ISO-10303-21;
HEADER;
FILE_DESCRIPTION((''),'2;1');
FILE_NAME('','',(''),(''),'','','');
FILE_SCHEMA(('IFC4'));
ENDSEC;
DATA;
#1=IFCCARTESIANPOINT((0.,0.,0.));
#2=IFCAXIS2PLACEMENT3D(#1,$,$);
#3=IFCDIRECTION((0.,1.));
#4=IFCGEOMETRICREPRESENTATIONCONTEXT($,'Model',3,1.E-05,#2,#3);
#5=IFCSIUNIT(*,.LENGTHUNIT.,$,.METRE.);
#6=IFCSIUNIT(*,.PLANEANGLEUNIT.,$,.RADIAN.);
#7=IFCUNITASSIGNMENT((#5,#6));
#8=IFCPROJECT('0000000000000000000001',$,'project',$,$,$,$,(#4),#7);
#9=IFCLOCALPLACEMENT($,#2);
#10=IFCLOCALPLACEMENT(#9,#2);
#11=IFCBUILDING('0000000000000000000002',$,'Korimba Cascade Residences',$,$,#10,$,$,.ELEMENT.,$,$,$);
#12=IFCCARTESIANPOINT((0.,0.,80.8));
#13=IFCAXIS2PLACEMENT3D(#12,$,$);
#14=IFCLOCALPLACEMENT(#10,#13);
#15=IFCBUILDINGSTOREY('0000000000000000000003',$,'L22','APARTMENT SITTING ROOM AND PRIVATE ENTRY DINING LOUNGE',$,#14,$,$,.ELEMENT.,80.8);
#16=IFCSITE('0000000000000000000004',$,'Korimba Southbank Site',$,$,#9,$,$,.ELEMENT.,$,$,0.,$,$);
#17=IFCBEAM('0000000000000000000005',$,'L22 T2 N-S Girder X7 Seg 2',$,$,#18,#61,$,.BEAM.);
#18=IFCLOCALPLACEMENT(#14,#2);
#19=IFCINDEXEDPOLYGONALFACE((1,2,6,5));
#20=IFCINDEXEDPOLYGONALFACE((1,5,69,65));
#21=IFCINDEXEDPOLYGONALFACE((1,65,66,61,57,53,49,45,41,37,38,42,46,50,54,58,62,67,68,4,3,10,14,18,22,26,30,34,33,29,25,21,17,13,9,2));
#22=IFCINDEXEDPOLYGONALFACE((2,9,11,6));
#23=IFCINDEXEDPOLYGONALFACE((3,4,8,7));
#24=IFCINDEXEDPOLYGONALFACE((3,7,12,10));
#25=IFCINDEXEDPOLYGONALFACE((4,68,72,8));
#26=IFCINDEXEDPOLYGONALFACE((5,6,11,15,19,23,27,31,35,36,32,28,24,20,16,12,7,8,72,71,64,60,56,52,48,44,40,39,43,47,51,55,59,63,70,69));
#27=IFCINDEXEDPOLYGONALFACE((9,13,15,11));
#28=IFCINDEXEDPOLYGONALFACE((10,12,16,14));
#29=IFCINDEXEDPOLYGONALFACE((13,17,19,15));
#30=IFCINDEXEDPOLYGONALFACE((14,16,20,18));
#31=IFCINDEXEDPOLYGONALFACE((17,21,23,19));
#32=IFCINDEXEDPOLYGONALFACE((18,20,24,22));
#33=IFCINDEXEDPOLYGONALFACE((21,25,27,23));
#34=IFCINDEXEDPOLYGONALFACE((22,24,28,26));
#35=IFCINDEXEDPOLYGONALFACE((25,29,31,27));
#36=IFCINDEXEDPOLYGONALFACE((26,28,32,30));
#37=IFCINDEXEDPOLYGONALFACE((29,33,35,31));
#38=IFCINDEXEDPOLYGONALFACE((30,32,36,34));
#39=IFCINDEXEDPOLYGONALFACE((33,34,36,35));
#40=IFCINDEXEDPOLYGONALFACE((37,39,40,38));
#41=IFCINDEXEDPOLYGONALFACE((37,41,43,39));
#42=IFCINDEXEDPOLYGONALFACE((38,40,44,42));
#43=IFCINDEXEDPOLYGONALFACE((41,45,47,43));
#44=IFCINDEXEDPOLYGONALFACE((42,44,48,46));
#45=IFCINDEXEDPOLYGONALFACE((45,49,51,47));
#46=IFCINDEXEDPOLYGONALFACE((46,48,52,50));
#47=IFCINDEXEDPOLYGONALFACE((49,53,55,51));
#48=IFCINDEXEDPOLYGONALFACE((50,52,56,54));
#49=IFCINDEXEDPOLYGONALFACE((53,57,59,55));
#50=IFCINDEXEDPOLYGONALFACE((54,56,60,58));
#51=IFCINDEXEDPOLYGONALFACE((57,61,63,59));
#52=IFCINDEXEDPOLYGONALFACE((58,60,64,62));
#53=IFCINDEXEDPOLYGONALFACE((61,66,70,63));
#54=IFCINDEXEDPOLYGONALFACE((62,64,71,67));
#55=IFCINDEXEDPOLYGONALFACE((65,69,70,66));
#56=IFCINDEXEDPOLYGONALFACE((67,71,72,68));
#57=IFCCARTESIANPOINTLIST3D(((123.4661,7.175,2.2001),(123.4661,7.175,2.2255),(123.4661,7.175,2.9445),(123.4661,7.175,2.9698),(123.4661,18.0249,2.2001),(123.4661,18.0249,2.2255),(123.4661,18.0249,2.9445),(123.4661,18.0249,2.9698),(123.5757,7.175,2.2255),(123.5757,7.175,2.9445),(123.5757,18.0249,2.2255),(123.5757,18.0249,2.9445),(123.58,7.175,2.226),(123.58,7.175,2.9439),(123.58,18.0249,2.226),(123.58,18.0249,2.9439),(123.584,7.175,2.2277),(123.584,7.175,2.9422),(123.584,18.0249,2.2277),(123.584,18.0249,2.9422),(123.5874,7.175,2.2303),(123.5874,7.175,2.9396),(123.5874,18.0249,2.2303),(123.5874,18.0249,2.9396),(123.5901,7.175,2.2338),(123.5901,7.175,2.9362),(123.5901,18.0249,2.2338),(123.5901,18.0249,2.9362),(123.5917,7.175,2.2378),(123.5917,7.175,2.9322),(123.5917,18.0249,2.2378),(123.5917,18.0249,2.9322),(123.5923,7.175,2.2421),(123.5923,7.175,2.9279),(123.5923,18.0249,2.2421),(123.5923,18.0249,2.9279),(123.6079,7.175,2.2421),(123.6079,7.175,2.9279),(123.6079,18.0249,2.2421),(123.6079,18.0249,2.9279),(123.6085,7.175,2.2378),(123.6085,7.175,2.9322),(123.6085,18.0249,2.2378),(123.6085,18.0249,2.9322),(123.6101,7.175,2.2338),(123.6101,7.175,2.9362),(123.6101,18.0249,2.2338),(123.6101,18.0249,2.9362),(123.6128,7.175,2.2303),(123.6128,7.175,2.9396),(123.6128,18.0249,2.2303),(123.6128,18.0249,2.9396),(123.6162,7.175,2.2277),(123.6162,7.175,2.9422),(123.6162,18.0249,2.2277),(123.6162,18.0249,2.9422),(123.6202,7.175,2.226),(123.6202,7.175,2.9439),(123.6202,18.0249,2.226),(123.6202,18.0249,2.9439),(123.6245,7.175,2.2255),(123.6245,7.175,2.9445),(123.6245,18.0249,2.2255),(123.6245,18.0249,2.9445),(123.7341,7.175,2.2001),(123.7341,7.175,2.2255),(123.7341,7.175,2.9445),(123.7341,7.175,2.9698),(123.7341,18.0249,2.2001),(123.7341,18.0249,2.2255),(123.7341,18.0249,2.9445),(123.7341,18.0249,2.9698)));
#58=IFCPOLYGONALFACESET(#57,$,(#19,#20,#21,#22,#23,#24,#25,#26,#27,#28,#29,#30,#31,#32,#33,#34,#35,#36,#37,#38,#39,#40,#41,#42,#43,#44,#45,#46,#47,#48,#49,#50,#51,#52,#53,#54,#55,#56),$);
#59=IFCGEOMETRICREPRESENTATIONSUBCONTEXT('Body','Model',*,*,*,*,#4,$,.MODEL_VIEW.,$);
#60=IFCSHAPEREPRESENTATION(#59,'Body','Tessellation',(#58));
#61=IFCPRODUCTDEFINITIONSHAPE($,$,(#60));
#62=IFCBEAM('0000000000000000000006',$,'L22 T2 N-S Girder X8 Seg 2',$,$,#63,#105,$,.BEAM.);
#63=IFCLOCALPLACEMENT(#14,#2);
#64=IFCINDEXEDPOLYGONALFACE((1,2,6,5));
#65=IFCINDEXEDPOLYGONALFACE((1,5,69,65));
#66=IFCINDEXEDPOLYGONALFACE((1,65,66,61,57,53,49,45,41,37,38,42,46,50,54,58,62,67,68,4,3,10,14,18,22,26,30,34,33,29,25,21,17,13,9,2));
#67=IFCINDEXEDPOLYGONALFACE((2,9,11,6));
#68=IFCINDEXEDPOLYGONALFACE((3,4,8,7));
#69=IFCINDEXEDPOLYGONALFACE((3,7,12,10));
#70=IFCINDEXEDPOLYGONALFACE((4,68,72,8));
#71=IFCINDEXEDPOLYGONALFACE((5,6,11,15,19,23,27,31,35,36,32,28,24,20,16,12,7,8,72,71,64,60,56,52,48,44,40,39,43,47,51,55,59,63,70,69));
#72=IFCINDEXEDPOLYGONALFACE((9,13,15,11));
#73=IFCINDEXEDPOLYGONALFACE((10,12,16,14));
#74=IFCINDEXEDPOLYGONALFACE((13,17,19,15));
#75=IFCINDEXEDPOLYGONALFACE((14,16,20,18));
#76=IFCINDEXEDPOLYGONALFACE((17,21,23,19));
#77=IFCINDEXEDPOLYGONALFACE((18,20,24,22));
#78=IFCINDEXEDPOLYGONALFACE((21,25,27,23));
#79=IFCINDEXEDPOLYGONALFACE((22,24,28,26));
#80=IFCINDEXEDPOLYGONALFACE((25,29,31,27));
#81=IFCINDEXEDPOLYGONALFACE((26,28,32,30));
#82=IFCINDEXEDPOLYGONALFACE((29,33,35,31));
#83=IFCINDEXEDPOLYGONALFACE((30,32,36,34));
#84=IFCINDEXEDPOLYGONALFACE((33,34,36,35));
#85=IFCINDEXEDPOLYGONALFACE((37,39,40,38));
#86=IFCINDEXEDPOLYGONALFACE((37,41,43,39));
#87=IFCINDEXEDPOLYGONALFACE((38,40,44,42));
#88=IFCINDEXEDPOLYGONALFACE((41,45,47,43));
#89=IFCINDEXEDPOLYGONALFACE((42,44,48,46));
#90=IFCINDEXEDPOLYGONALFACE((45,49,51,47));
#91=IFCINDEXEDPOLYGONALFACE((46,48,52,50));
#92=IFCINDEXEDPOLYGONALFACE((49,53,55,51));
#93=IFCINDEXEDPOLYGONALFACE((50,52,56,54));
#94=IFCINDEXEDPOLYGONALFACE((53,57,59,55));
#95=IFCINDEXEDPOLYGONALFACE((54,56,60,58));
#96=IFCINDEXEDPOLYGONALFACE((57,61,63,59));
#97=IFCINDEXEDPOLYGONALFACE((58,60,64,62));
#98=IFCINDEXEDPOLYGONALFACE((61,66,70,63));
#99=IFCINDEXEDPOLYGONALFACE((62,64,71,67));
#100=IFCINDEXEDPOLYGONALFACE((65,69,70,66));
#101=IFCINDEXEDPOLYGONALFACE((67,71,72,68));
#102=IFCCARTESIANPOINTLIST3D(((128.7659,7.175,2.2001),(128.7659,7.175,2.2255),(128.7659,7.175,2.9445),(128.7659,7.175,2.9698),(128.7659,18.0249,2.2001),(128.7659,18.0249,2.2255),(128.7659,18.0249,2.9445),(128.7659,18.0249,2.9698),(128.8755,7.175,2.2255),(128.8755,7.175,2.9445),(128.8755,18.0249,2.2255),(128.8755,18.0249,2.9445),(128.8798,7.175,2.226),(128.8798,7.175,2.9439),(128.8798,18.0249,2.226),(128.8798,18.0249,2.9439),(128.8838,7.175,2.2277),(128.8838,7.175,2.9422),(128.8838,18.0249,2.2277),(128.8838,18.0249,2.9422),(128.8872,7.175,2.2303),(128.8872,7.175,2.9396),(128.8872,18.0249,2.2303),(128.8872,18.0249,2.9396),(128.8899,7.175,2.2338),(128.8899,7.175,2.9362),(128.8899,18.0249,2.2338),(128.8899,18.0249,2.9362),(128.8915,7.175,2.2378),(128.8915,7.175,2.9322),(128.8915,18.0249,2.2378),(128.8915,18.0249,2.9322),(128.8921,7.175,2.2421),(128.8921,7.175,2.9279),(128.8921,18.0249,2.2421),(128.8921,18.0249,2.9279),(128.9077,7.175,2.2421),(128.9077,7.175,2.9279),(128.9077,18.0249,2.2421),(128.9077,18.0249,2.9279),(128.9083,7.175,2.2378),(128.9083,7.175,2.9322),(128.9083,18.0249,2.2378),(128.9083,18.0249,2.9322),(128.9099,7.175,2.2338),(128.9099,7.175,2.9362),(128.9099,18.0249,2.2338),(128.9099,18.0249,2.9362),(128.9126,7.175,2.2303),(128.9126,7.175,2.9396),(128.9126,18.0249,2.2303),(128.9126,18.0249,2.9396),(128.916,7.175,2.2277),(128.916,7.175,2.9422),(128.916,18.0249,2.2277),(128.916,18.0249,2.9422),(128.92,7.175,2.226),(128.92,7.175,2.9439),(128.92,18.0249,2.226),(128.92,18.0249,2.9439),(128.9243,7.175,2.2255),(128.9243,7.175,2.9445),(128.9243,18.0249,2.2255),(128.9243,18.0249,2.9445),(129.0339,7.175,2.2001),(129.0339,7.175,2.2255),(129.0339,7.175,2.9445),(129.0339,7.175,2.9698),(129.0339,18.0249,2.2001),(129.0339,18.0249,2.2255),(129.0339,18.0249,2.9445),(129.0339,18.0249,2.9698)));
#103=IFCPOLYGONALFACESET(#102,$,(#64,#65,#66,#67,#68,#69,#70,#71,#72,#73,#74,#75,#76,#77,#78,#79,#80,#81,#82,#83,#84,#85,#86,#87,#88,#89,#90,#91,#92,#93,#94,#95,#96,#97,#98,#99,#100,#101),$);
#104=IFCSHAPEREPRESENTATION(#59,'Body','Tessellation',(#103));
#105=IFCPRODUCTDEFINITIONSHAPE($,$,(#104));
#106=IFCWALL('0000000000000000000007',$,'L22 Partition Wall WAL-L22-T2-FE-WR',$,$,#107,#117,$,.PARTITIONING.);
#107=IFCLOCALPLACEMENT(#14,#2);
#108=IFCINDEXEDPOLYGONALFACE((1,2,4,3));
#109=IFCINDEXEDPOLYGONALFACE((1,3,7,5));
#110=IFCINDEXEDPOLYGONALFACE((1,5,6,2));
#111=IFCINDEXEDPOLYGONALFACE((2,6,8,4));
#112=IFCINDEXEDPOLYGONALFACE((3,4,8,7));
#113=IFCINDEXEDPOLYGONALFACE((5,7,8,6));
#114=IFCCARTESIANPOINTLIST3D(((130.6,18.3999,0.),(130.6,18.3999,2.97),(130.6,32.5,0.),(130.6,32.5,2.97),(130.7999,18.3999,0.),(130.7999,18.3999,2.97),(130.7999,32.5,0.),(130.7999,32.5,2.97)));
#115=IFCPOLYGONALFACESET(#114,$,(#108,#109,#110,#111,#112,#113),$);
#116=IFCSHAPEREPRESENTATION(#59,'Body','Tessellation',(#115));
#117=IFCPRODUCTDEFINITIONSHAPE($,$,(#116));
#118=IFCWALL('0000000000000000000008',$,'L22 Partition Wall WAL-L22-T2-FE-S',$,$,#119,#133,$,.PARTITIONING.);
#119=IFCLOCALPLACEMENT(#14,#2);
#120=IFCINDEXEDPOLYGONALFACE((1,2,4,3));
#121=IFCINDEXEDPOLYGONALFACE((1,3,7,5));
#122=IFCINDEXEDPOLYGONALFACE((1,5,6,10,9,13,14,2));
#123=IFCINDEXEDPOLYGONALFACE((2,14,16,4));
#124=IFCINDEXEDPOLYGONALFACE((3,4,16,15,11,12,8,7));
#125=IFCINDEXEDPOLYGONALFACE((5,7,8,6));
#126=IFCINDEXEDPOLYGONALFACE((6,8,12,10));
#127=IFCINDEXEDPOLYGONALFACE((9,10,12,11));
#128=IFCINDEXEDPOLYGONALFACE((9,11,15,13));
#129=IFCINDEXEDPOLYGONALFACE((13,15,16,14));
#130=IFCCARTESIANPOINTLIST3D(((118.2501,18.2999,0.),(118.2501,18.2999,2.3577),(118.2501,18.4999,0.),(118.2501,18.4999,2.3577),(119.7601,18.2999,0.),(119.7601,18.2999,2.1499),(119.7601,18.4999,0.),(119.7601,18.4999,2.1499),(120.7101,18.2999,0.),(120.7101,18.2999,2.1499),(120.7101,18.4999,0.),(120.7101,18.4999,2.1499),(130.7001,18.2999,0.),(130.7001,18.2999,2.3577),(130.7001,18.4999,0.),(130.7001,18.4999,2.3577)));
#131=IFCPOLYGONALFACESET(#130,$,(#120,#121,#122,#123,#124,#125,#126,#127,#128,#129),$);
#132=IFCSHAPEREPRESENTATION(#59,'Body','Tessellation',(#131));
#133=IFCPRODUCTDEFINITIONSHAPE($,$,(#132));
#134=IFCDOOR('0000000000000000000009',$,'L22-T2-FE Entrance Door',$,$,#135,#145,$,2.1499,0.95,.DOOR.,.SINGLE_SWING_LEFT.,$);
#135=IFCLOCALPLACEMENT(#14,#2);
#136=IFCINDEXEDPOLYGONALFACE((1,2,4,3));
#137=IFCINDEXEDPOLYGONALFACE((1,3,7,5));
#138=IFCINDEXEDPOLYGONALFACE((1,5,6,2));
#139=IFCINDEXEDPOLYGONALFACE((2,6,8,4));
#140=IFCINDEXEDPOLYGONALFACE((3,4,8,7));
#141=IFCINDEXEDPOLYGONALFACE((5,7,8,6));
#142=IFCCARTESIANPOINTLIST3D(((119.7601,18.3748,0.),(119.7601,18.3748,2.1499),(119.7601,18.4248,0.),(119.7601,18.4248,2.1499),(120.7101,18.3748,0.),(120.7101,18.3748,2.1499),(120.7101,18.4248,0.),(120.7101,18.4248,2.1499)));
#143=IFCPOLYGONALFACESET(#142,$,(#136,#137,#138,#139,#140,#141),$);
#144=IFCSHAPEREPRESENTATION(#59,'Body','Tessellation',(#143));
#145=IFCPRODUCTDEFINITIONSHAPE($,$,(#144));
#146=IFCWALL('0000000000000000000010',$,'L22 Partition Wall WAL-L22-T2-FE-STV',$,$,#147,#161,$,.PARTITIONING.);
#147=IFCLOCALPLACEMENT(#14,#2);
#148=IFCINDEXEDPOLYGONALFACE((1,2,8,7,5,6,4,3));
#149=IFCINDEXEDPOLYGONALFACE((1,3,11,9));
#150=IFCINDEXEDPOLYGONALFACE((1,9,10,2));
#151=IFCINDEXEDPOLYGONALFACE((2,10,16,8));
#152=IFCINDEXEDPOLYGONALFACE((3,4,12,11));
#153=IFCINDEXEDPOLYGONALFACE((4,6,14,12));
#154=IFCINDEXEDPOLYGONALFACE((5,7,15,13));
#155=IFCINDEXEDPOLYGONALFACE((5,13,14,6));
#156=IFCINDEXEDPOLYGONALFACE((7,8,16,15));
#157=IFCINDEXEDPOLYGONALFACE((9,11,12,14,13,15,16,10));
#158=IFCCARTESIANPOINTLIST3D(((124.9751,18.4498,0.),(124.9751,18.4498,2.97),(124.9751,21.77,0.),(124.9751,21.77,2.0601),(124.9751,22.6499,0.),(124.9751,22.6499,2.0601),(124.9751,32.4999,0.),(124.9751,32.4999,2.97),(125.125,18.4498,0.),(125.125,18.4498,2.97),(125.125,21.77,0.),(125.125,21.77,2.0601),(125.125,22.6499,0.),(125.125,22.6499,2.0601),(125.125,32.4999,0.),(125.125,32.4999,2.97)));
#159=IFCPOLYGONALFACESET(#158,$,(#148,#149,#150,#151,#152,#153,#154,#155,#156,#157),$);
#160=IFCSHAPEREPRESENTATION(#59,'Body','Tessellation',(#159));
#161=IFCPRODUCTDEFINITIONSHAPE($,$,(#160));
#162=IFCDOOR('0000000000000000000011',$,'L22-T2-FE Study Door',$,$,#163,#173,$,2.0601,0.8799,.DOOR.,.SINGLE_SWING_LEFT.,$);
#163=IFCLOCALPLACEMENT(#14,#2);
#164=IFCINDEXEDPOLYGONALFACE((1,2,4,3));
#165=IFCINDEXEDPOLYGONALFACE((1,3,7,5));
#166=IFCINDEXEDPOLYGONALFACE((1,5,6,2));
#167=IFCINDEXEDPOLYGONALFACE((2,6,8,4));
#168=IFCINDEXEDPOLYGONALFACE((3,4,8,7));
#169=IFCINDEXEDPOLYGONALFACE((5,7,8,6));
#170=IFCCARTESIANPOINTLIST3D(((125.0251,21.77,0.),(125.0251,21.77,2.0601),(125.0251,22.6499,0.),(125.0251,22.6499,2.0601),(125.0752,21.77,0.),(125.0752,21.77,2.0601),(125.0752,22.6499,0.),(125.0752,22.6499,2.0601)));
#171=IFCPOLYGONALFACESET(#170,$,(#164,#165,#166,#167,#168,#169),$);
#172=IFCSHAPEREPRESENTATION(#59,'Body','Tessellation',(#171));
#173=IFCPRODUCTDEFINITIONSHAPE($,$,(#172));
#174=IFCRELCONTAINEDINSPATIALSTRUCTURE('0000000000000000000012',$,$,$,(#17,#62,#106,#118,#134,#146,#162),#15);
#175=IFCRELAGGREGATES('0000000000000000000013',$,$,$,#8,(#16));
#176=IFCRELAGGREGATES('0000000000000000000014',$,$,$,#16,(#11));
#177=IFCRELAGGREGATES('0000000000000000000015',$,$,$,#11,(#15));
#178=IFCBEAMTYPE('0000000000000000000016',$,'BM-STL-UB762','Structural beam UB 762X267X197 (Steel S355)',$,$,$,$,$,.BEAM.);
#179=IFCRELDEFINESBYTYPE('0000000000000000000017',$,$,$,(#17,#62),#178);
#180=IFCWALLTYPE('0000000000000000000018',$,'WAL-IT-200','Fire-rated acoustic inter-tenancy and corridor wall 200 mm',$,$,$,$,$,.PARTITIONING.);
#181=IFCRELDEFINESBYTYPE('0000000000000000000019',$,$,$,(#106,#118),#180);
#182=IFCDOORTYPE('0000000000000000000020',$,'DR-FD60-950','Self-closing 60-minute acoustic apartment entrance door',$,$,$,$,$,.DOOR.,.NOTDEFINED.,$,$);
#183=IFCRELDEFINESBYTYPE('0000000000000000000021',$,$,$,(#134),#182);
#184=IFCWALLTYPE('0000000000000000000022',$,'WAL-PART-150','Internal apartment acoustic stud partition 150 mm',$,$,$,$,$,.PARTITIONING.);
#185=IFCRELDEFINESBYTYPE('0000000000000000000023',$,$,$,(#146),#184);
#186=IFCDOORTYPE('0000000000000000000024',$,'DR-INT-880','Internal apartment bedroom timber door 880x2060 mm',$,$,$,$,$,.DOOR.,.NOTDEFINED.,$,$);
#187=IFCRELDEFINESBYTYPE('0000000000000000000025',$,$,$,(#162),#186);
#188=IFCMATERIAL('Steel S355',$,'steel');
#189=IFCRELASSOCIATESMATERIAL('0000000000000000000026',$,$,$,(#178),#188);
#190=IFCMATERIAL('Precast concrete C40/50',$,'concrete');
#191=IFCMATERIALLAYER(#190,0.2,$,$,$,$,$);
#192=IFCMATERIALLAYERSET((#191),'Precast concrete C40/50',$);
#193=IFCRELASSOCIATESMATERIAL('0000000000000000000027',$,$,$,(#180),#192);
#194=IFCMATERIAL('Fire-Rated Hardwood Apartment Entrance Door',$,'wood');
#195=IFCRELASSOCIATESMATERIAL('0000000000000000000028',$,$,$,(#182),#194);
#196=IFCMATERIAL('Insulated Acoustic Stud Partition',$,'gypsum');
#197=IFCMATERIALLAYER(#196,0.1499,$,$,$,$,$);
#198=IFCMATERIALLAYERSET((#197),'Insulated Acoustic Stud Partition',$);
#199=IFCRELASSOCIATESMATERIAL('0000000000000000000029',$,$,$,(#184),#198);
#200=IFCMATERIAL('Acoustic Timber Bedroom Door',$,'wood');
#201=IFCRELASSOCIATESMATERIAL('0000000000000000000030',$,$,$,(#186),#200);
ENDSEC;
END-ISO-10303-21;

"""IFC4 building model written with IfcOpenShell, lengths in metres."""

from ifc_helpers import new_model, si_unit, direction, frame, frame_2d, origin, origin_2d, place, context, subcontext, project, spatial, rectangle, i_section, extrude, material, layer, layer_set, material_profile, profile_set, type_object, element, fill, save


model = new_model("IFC4")

# Units and contexts
model_context = context("Model", 3, precision=1e-05, world=origin(), true_north=direction((0.0, 1.0)))
body_context = subcontext(model_context, "Body", "Model", "MODEL_VIEW")
ifc_project = project(units=[si_unit("LENGTHUNIT", "METRE"), si_unit("PLANEANGLEUNIT", "RADIAN")], contexts=[model_context])

# Site, building, storey
site_placement = place(None, origin())
site = spatial("IfcSite", under=ifc_project, at=site_placement, Name="Korimba Southbank Site", CompositionType="ELEMENT", RefElevation=0.0)
building_placement = place(site_placement, origin())
building = spatial("IfcBuilding", under=site, at=building_placement, Name="Korimba Cascade Residences", CompositionType="ELEMENT")
storey_placement = place(building_placement, frame((0.0, 0.0, 80.8)))
storey = spatial("IfcBuildingStorey", under=building, at=storey_placement, Name="L22", Description="APARTMENT SITTING ROOM AND PRIVATE ENTRY DINING LOUNGE", CompositionType="ELEMENT", Elevation=80.8)

# Beams
ifc_material_1 = material(Name="Steel S355", Category="steel")
ifc_material_profile_1 = material_profile(ifc_material_1, i_section(OverallWidth=0.2681, OverallDepth=0.7698, WebThickness=0.0156, FlangeThickness=0.0254, FilletRadius=0.0166, at=origin_2d()), Name="Steel S355")
ifc_profile_set_1 = profile_set([ifc_material_profile_1], Name="Steel S355")
beam_type_1 = type_object("IfcBeamType", Name="BM-STL-UB762", Description="Structural beam UB 762X267X197 (Steel S355)", PredefinedType="BEAM", material=ifc_profile_set_1)
for number, where, z_axis, x_axis, name in (
    (1, (123.6001, 7.175, 2.585), (0.0, 1.0, 0.0), (-1.0, 0.0, 0.0), "L22 T2 N-S Girder X7 Seg 2"),
    (2, (128.8999, 7.175, 2.585), (0.0, 1.0, 0.0), (-1.0, 0.0, 0.0), "L22 T2 N-S Girder X8 Seg 2"),
):
    element("IfcBeam", number, at=place(storey_placement, frame(where, z_axis=z_axis, x_axis=x_axis)), inside=storey, type_object=beam_type_1, Name=name, PredefinedType="BEAM", context=body_context, shape_type="SweptSolid", body=[
        extrude(i_section(OverallWidth=0.2681, OverallDepth=0.7698, WebThickness=0.0156, FlangeThickness=0.0254, FilletRadius=0.0166, at=origin_2d()), origin(), (0.0, 0.0, 1.0), 10.8499),
    ])

# Wall
ifc_material_2 = material(Name="Precast concrete C40/50", Category="concrete")
ifc_layer_1 = layer(ifc_material_2, 0.2)
ifc_layer_set_1 = layer_set([ifc_layer_1], Name="Precast concrete C40/50")
wall_type_1 = type_object("IfcWallType", Name="WAL-IT-200", Description="Fire-rated acoustic inter-tenancy and corridor wall 200 mm", PredefinedType="PARTITIONING", material=ifc_layer_set_1)
wall_1_placement = place(storey_placement, frame((130.7, 18.3999, 0.0), z_axis=(0.0, 0.0, 1.0), x_axis=(0.0, 1.0, 0.0)))
element("IfcWall", 3, at=wall_1_placement, inside=storey, type_object=wall_type_1, Name="L22 Partition Wall WAL-L22-T2-FE-WR", PredefinedType="PARTITIONING", context=body_context, shape_type="SweptSolid", body=[
    extrude(rectangle(XDim=14.1001, YDim=0.2, at=frame_2d((7.05, 0.0))), origin(), (0.0, 0.0, 1.0), 2.97),
])

# Walls, openings, doors
wall_2_placement = place(storey_placement, frame((118.25, 18.3999, 0.0), z_axis=(0.0, 0.0, 1.0), x_axis=(1.0, 0.0, 0.0)))
wall_2 = element("IfcWall", 4, at=wall_2_placement, inside=storey, type_object=wall_type_1, Name="L22 Partition Wall WAL-L22-T2-FE-S", PredefinedType="PARTITIONING", context=body_context, shape_type="SweptSolid", body=[
    extrude(rectangle(XDim=12.45, YDim=0.2, at=frame_2d((6.2251, 0.0))), origin(), (0.0, 0.0, 1.0), 2.3577),
])
opening_1_placement = place(wall_2_placement, frame((1.51, 0.0, 0.0)))
opening_1 = element("IfcOpeningElement", 5, at=opening_1_placement, cuts=wall_2, PredefinedType="OPENING", context=body_context, shape_type="SweptSolid", body=[
    extrude(rectangle(XDim=0.95, YDim=2.1499, at=frame_2d((0.4751, 1.075))), frame((0.0, 0.1099, 0.0), z_axis=(0.0, -1.0, 0.0), x_axis=(1.0, 0.0, 0.0)), (0.0, 0.0, 1.0), 0.22),
])
ifc_material_3 = material(Name="Fire-Rated Hardwood Apartment Entrance Door", Category="wood")
door_type_1 = type_object("IfcDoorType", Name="DR-FD60-950", Description="Self-closing 60-minute acoustic apartment entrance door", OperationType="NOTDEFINED", PredefinedType="DOOR", material=ifc_material_3)
door_1_placement = place(opening_1_placement, origin())
door_1 = element("IfcDoor", 6, at=door_1_placement, inside=storey, type_object=door_type_1, Name="L22-T2-FE Entrance Door", OperationType="SINGLE_SWING_LEFT", OverallHeight=2.1499, OverallWidth=0.95, PredefinedType="DOOR", context=body_context, shape_type="SweptSolid", body=[
    extrude(rectangle(XDim=0.95, YDim=2.1499, at=frame_2d((0.4751, 1.075))), frame((0.0, 0.0249, 0.0), z_axis=(0.0, -1.0, 0.0), x_axis=(1.0, 0.0, 0.0)), (0.0, 0.0, 1.0), 0.05),
])
fill(opening_1, door_1)
ifc_material_4 = material(Name="Insulated Acoustic Stud Partition", Category="gypsum")
ifc_layer_2 = layer(ifc_material_4, 0.1499)
ifc_layer_set_2 = layer_set([ifc_layer_2], Name="Insulated Acoustic Stud Partition")
wall_type_2 = type_object("IfcWallType", Name="WAL-PART-150", Description="Internal apartment acoustic stud partition 150 mm", PredefinedType="PARTITIONING", material=ifc_layer_set_2)
wall_3_placement = place(storey_placement, frame((125.05, 18.45, 0.0), z_axis=(0.0, 0.0, 1.0), x_axis=(0.0, 1.0, 0.0)))
wall_3 = element("IfcWall", 7, at=wall_3_placement, inside=storey, type_object=wall_type_2, Name="L22 Partition Wall WAL-L22-T2-FE-STV", PredefinedType="PARTITIONING", context=body_context, shape_type="SweptSolid", body=[
    extrude(rectangle(XDim=14.05, YDim=0.1499, at=frame_2d((7.0249, 0.0))), origin(), (0.0, 0.0, 1.0), 2.97),
])
opening_2_placement = place(wall_3_placement, frame((3.3201, 0.0, 0.0)))
opening_2 = element("IfcOpeningElement", 8, at=opening_2_placement, cuts=wall_3, PredefinedType="OPENING", context=body_context, shape_type="SweptSolid", body=[
    extrude(rectangle(XDim=0.8799, YDim=2.0601, at=frame_2d((0.4399, 1.03))), frame((0.0, 0.085, 0.0), z_axis=(0.0, -1.0, 0.0), x_axis=(1.0, 0.0, 0.0)), (0.0, 0.0, 1.0), 0.1699),
])
ifc_material_5 = material(Name="Acoustic Timber Bedroom Door", Category="wood")
door_type_2 = type_object("IfcDoorType", Name="DR-INT-880", Description="Internal apartment bedroom timber door 880x2060 mm", OperationType="NOTDEFINED", PredefinedType="DOOR", material=ifc_material_5)
door_2_placement = place(opening_2_placement, origin())
door_2 = element("IfcDoor", 9, at=door_2_placement, inside=storey, type_object=door_type_2, Name="L22-T2-FE Study Door", OperationType="SINGLE_SWING_LEFT", OverallHeight=2.0601, OverallWidth=0.8799, PredefinedType="DOOR", context=body_context, shape_type="SweptSolid", body=[
    extrude(rectangle(XDim=0.8799, YDim=2.0601, at=frame_2d((0.4399, 1.03))), frame((0.0, 0.0249, 0.0), z_axis=(0.0, -1.0, 0.0), x_axis=(1.0, 0.0, 0.0)), (0.0, 0.0, 1.0), 0.05),
])
fill(opening_2, door_2)

save(model, "model.ifc")
